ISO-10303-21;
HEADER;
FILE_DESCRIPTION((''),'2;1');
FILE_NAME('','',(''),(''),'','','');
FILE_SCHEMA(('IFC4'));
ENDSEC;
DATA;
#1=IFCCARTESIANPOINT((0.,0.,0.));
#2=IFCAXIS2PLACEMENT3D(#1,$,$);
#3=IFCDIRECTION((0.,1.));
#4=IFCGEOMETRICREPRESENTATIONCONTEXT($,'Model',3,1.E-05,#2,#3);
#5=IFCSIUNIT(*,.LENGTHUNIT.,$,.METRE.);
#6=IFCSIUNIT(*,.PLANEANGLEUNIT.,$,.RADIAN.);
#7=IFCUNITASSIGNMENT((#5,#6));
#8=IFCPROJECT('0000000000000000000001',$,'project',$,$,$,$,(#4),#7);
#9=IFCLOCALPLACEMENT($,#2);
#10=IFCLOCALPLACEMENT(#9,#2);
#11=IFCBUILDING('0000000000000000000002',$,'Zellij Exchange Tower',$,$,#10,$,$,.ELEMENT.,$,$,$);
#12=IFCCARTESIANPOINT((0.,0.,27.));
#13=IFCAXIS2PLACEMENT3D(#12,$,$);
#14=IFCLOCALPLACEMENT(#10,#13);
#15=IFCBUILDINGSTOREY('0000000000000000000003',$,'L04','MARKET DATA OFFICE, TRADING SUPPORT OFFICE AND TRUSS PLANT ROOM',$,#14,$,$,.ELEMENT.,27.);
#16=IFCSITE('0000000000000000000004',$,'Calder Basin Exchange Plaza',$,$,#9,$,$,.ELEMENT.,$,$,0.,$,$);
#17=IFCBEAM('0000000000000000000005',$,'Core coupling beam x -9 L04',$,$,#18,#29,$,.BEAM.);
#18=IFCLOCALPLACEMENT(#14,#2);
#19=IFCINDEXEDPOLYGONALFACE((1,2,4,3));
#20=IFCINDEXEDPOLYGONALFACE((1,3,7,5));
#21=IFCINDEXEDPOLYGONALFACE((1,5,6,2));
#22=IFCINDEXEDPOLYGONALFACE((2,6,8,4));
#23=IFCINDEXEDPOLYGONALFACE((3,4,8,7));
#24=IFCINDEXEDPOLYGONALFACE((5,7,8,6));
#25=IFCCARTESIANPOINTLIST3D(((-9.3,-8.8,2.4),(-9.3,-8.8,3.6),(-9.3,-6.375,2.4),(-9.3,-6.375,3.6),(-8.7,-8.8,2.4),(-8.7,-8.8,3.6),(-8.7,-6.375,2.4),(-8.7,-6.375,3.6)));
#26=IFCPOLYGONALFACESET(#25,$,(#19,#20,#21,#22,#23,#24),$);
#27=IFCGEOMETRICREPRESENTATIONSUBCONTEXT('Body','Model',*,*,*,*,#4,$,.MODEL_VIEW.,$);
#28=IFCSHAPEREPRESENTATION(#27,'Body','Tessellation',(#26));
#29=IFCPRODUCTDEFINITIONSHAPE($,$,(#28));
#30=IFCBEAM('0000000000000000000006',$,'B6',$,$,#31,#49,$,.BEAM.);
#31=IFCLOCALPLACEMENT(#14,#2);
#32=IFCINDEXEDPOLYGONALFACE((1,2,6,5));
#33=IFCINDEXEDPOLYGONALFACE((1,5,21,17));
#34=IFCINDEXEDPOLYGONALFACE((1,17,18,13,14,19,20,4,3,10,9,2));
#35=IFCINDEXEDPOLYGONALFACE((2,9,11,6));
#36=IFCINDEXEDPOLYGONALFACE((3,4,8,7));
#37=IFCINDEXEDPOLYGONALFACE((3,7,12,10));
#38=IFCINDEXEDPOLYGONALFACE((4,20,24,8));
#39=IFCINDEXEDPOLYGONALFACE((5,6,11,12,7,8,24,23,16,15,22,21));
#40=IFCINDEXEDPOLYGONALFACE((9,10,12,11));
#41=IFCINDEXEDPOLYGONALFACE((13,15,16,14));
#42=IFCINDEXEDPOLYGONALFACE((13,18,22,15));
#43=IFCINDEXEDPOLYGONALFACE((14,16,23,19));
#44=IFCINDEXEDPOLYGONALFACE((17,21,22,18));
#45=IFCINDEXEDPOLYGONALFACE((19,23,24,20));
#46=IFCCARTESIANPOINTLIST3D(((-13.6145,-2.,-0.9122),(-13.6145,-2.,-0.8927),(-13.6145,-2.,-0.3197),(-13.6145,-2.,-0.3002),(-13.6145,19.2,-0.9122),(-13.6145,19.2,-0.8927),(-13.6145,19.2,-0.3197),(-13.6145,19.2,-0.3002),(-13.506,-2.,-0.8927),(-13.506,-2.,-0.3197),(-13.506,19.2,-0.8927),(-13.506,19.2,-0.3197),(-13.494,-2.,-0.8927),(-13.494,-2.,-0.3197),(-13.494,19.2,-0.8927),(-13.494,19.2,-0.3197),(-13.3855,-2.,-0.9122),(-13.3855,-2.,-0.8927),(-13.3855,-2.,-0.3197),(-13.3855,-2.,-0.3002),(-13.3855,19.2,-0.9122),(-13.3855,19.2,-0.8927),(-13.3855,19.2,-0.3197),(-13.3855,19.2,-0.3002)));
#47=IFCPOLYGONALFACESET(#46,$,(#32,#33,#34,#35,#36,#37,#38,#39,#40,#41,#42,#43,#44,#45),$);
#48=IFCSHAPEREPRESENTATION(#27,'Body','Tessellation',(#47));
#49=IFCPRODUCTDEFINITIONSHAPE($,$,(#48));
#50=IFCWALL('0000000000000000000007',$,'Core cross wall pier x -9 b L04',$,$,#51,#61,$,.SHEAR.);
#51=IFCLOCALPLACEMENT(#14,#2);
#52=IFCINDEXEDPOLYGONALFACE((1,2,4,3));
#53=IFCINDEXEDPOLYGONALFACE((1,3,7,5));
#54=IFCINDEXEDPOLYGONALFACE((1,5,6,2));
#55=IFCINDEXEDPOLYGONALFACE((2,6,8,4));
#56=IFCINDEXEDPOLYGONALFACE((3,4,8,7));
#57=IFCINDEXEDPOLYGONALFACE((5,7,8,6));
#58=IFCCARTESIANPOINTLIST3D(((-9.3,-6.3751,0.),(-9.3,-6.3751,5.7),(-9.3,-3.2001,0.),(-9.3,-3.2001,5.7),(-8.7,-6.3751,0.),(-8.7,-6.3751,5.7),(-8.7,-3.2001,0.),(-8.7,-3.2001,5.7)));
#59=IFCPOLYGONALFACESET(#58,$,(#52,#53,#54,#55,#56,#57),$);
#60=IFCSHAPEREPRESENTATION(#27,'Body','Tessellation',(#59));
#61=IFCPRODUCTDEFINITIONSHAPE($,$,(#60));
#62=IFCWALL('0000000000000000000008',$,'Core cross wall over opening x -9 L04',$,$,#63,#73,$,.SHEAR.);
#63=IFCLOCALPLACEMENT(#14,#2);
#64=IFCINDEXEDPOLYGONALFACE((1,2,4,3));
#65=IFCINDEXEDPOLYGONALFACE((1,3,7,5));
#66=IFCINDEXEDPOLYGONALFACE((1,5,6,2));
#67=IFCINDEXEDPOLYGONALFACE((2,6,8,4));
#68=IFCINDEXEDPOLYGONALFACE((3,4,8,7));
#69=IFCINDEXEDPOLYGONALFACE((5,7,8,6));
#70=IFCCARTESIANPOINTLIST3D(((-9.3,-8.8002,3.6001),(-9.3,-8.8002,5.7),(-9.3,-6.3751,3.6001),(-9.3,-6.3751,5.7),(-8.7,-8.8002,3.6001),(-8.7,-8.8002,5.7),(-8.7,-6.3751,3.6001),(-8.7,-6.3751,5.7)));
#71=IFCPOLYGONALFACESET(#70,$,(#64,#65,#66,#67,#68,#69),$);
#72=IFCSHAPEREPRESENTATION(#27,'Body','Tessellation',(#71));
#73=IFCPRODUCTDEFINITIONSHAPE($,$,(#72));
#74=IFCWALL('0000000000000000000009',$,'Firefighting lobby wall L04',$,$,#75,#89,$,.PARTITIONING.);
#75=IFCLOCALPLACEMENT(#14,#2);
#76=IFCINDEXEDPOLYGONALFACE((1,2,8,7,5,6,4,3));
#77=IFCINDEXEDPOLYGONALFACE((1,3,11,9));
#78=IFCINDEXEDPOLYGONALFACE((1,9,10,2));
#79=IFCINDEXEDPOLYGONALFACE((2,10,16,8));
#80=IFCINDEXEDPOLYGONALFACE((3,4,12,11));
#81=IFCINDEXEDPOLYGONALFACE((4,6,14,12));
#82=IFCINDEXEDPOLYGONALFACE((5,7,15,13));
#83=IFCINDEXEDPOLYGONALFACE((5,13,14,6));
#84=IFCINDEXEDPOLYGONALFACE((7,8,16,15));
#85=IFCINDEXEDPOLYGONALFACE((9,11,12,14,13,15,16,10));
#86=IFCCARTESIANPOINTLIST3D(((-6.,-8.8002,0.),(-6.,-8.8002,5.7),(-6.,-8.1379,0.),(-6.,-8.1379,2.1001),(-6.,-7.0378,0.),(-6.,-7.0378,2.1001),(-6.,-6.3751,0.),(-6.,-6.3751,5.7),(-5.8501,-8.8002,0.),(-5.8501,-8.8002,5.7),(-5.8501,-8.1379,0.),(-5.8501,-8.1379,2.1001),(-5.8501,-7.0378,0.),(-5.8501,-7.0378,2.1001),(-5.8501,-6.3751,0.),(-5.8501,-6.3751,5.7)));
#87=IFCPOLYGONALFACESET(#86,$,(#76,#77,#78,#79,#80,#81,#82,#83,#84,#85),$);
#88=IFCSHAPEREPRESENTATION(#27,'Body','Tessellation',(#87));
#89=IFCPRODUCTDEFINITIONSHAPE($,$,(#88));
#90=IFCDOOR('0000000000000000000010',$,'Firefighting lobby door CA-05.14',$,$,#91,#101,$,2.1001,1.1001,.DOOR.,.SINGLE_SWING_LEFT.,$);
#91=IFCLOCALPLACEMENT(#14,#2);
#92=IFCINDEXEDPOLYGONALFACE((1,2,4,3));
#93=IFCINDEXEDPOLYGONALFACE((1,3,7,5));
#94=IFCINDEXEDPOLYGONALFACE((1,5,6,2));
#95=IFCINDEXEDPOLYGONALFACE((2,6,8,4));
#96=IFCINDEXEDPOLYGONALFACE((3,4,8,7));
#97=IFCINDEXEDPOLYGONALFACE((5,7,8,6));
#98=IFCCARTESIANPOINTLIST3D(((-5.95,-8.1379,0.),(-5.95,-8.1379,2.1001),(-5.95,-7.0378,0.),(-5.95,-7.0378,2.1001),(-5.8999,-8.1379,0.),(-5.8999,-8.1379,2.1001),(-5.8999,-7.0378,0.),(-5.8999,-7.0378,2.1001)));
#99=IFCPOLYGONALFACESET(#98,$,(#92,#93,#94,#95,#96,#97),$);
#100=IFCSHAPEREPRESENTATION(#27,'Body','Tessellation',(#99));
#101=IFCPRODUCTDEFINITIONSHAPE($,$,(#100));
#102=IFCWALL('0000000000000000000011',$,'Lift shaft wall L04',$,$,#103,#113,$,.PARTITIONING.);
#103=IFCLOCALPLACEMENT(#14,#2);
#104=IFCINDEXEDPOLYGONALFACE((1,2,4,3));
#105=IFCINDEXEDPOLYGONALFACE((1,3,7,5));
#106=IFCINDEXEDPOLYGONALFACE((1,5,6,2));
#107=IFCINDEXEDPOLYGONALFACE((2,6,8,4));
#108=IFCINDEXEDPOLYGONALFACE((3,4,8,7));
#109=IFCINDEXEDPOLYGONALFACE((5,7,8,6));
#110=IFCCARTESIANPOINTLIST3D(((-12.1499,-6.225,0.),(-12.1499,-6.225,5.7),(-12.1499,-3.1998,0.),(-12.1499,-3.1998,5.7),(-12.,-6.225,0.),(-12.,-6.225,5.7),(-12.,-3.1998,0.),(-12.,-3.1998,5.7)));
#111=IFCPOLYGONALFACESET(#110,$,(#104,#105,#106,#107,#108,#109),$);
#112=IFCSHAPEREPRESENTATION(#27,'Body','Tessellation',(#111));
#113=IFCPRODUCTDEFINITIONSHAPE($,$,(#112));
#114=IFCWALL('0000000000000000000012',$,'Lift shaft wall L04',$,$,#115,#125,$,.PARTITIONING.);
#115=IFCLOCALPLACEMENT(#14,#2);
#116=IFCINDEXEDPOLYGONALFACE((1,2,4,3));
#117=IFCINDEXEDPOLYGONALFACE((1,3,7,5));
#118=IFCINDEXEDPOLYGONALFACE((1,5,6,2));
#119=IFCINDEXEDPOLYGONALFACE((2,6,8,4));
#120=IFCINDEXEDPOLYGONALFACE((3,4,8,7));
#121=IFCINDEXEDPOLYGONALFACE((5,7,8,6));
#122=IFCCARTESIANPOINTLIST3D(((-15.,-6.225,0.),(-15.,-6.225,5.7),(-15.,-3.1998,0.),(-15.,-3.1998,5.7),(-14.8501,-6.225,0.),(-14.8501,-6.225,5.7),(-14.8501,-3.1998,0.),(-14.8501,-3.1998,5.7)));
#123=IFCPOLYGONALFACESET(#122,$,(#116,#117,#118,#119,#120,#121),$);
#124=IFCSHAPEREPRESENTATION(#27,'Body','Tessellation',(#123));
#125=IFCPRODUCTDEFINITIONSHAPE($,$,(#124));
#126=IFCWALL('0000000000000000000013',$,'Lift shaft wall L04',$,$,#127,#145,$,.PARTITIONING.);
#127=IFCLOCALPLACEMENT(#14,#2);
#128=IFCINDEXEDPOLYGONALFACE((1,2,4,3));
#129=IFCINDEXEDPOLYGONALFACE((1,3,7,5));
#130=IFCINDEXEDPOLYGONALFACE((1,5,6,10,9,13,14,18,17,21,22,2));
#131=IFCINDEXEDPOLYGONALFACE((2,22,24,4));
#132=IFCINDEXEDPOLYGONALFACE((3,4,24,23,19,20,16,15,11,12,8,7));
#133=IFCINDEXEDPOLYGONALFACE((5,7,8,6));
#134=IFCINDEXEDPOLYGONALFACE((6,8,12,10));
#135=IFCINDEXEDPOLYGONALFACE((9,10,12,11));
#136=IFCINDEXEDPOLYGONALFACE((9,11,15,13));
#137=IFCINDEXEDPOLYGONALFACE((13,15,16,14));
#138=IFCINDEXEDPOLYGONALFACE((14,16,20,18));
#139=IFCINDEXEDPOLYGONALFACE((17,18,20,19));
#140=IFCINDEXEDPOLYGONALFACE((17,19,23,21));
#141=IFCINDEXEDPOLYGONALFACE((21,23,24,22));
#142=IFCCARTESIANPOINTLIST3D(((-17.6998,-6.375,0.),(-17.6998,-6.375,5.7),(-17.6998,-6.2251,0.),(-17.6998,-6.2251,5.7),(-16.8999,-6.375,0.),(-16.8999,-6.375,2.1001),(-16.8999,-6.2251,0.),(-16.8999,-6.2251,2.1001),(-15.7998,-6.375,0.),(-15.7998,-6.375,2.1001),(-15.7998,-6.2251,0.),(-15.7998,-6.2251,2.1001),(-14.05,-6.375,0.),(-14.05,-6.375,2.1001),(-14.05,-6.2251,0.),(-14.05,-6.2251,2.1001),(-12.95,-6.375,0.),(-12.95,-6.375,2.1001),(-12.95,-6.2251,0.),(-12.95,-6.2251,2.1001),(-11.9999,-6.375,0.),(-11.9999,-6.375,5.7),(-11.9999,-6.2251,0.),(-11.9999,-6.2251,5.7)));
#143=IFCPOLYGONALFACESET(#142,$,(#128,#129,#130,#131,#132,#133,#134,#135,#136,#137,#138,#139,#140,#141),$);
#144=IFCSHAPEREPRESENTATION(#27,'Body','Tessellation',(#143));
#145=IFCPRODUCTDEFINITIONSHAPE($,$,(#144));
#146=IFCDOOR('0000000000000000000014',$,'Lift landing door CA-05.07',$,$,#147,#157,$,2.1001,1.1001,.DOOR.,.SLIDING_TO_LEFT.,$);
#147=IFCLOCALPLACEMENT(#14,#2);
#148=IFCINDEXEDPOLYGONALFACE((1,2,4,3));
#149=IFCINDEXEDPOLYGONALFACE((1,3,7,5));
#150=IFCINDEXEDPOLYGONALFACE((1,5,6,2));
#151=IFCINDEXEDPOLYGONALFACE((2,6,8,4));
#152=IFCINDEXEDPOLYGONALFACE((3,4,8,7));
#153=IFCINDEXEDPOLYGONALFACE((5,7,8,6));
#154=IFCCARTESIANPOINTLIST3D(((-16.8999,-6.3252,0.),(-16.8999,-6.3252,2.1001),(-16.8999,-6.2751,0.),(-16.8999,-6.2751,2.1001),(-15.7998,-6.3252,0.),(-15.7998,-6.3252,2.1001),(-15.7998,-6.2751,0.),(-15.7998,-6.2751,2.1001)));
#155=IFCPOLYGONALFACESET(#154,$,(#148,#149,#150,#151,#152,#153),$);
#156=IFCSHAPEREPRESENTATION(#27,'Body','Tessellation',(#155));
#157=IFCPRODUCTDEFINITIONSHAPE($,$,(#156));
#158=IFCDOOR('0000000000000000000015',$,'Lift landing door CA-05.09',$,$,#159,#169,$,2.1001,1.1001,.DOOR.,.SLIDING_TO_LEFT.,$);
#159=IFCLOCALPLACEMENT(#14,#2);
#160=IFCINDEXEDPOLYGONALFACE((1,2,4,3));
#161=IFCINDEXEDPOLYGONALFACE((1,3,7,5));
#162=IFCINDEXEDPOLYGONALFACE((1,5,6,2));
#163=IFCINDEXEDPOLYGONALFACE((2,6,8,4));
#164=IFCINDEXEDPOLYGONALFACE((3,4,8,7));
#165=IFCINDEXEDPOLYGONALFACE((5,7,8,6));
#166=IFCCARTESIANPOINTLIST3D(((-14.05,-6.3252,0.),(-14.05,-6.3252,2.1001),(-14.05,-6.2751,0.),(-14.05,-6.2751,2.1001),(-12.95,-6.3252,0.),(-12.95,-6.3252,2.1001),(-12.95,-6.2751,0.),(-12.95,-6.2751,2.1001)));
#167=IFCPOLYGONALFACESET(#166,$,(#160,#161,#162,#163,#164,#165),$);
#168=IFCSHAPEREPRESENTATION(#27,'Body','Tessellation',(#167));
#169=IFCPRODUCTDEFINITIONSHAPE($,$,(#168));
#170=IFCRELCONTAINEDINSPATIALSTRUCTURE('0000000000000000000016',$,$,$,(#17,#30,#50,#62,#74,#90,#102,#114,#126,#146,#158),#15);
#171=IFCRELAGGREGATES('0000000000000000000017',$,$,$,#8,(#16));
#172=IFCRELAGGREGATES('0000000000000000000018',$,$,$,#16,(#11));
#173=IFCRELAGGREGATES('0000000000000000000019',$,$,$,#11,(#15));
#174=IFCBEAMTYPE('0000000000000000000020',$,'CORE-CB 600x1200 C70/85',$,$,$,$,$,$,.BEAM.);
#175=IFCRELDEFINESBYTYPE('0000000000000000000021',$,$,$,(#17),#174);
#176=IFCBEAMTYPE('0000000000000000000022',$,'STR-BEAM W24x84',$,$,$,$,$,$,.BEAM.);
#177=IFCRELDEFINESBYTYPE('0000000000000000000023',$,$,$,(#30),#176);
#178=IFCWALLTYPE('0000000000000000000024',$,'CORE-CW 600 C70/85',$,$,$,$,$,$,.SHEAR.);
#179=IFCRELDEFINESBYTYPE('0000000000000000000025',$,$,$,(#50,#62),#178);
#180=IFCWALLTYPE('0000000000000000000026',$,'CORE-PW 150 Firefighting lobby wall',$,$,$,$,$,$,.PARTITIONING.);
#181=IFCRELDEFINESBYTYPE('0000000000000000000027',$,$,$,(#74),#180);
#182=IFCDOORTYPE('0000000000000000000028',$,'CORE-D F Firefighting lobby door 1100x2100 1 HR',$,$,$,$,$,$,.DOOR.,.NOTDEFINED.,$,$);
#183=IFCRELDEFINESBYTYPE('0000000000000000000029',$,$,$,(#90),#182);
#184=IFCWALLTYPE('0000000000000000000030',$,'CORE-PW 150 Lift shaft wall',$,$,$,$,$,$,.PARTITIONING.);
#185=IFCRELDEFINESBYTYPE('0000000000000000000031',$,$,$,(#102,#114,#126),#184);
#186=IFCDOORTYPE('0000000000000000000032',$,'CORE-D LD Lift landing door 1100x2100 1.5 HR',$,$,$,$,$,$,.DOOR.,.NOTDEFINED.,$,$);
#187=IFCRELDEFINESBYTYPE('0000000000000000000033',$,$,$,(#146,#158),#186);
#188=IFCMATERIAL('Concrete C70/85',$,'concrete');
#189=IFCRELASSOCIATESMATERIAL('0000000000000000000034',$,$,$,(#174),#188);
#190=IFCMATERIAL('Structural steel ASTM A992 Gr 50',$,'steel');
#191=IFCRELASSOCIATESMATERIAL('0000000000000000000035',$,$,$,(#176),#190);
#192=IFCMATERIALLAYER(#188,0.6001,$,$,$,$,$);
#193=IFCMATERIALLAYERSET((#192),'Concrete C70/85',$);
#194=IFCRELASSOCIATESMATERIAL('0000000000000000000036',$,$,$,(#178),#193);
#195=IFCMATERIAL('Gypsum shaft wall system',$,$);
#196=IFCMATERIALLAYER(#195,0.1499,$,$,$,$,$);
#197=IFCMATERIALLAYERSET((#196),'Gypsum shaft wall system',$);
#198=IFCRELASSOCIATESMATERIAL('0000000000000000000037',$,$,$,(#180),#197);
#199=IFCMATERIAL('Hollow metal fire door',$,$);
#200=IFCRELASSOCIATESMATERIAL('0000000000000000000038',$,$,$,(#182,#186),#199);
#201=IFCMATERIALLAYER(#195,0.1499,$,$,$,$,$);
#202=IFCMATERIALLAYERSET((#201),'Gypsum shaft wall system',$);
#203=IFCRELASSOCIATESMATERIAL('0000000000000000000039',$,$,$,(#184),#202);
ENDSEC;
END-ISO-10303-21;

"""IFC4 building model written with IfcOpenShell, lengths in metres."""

from ifc_helpers import new_model, si_unit, direction, frame, frame_2d, origin, origin_2d, place, context, subcontext, project, spatial, rectangle, i_section, extrude, material, layer, layer_set, material_profile, profile_set, type_object, element, fill, save


model = new_model("IFC4")

# Units and contexts
model_context = context("Model", 3, precision=1e-05, world=origin(), true_north=direction((0.0, 1.0)))
body_context = subcontext(model_context, "Body", "Model", "MODEL_VIEW")
ifc_project = project(units=[si_unit("LENGTHUNIT", "METRE"), si_unit("PLANEANGLEUNIT", "RADIAN")], contexts=[model_context])

# Site, building, storey
site_placement = place(None, origin())
site = spatial("IfcSite", under=ifc_project, at=site_placement, Name="Calder Basin Exchange Plaza", CompositionType="ELEMENT", RefElevation=0.0)
building_placement = place(site_placement, origin())
building = spatial("IfcBuilding", under=site, at=building_placement, Name="Zellij Exchange Tower", CompositionType="ELEMENT")
storey_placement = place(building_placement, frame((0.0, 0.0, 27.0)))
storey = spatial("IfcBuildingStorey", under=building, at=storey_placement, Name="L04", Description="MARKET DATA OFFICE, TRADING SUPPORT OFFICE AND TRUSS PLANT ROOM", CompositionType="ELEMENT", Elevation=27.0)

# Beams
ifc_material_1 = material(Name="Concrete C70/85", Category="concrete")
ifc_material_profile_1 = material_profile(ifc_material_1, rectangle(XDim=0.6001, YDim=1.2, at=origin_2d()), Name="CORE-CB 600x1200 C70/85")
ifc_profile_set_1 = profile_set([ifc_material_profile_1], Name="Concrete C70/85")
beam_type_1 = type_object("IfcBeamType", Name="CORE-CB 600x1200 C70/85", PredefinedType="BEAM", material=ifc_profile_set_1)
beam_1_placement = place(storey_placement, frame((-9.0, -8.8, 3.0), z_axis=(0.0, 1.0, 0.0), x_axis=(-1.0, 0.0, 0.0)))
element("IfcBeam", 1, at=beam_1_placement, inside=storey, type_object=beam_type_1, Name="Core coupling beam x -9 L04", PredefinedType="BEAM", context=body_context, shape_type="SweptSolid", body=[
    extrude(rectangle(XDim=0.6001, YDim=1.2, at=origin_2d()), origin(), (0.0, 0.0, 1.0), 2.425),
])
ifc_material_2 = material(Name="Structural steel ASTM A992 Gr 50", Category="steel")
ifc_material_profile_2 = material_profile(ifc_material_2, i_section(OverallWidth=0.229, OverallDepth=0.6121, WebThickness=0.012, FlangeThickness=0.0195, at=origin_2d()), Name="W24x84")
ifc_profile_set_2 = profile_set([ifc_material_profile_2], Name="Structural steel ASTM A992 Gr 50")
beam_type_2 = type_object("IfcBeamType", Name="STR-BEAM W24x84", PredefinedType="BEAM", material=ifc_profile_set_2)
beam_2_placement = place(storey_placement, frame((-13.5, -2.0, -0.6062), z_axis=(0.0, 1.0, 0.0), x_axis=(-1.0, 0.0, 0.0)))
element("IfcBeam", 2, at=beam_2_placement, inside=storey, type_object=beam_type_2, Name="B6", PredefinedType="BEAM", context=body_context, shape_type="SweptSolid", body=[
    extrude(i_section(OverallWidth=0.229, OverallDepth=0.6121, WebThickness=0.012, FlangeThickness=0.0195, at=origin_2d()), origin(), (0.0, 0.0, 1.0), 21.2),
])

# Walls
ifc_layer_1 = layer(ifc_material_1, 0.6001)
ifc_layer_set_1 = layer_set([ifc_layer_1], Name="Concrete C70/85")
wall_type_1 = type_object("IfcWallType", Name="CORE-CW 600 C70/85", PredefinedType="SHEAR", material=ifc_layer_set_1)
wall_1_placement = place(storey_placement, frame((-9.0, -6.375, 0.0), z_axis=(0.0, 0.0, 1.0), x_axis=(0.0, 1.0, 0.0)))
element("IfcWall", 3, at=wall_1_placement, inside=storey, type_object=wall_type_1, Name="Core cross wall pier x -9 b L04", PredefinedType="SHEAR", context=body_context, shape_type="SweptSolid", body=[
    extrude(rectangle(XDim=3.175, YDim=0.6001, at=frame_2d((1.5874, 0.0))), origin(), (0.0, 0.0, 1.0), 5.7),
])
wall_2_placement = place(storey_placement, frame((-9.0, -8.8, 3.6001), z_axis=(0.0, 0.0, 1.0), x_axis=(0.0, 1.0, 0.0)))
element("IfcWall", 4, at=wall_2_placement, inside=storey, type_object=wall_type_1, Name="Core cross wall over opening x -9 L04", PredefinedType="SHEAR", context=body_context, shape_type="SweptSolid", body=[
    extrude(rectangle(XDim=2.425, YDim=0.6001, at=frame_2d((1.2124, 0.0))), origin(), (0.0, 0.0, 1.0), 2.0999),
])

# Wall, opening, door
ifc_material_3 = material(Name="Gypsum shaft wall system")
ifc_layer_2 = layer(ifc_material_3, 0.1499)
ifc_layer_set_2 = layer_set([ifc_layer_2], Name="Gypsum shaft wall system")
wall_type_2 = type_object("IfcWallType", Name="CORE-PW 150 Firefighting lobby wall", PredefinedType="PARTITIONING", material=ifc_layer_set_2)
wall_3_placement = place(storey_placement, frame((-5.925, -8.8, 0.0), z_axis=(0.0, 0.0, 1.0), x_axis=(0.0, 1.0, 0.0)))
wall_3 = element("IfcWall", 5, at=wall_3_placement, inside=storey, type_object=wall_type_2, Name="Firefighting lobby wall L04", PredefinedType="PARTITIONING", context=body_context, shape_type="SweptSolid", body=[
    extrude(rectangle(XDim=2.425, YDim=0.1499, at=frame_2d((1.2124, 0.0))), origin(), (0.0, 0.0, 1.0), 5.7),
])
opening_1_placement = place(wall_3_placement, frame((0.6621, 0.0, 0.0)))
opening_1 = element("IfcOpeningElement", 6, at=opening_1_placement, cuts=wall_3, PredefinedType="OPENING", context=body_context, shape_type="SweptSolid", body=[
    extrude(rectangle(XDim=1.1001, YDim=2.1001, at=frame_2d((0.55, 1.05))), frame((0.0, 0.0869, 0.0), z_axis=(0.0, -1.0, 0.0), x_axis=(1.0, 0.0, 0.0)), (0.0, 0.0, 1.0), 0.1738),
])
ifc_material_4 = material(Name="Hollow metal fire door")
door_type_1 = type_object("IfcDoorType", Name="CORE-D F Firefighting lobby door 1100x2100 1 HR", OperationType="NOTDEFINED", PredefinedType="DOOR", material=ifc_material_4)
door_1_placement = place(opening_1_placement, origin())
door_1 = element("IfcDoor", 7, at=door_1_placement, inside=storey, type_object=door_type_1, Name="Firefighting lobby door CA-05.14", OperationType="SINGLE_SWING_LEFT", OverallHeight=2.1001, OverallWidth=1.1001, PredefinedType="DOOR", context=body_context, shape_type="SweptSolid", body=[
    extrude(rectangle(XDim=1.1001, YDim=2.1001, at=frame_2d((0.55, 1.05))), frame((0.0, 0.0249, 0.0), z_axis=(0.0, -1.0, 0.0), x_axis=(1.0, 0.0, 0.0)), (0.0, 0.0, 1.0), 0.05),
])
fill(opening_1, door_1)

# Walls
ifc_layer_3 = layer(ifc_material_3, 0.1499)
ifc_layer_set_3 = layer_set([ifc_layer_3], Name="Gypsum shaft wall system")
wall_type_3 = type_object("IfcWallType", Name="CORE-PW 150 Lift shaft wall", PredefinedType="PARTITIONING", material=ifc_layer_set_3)
for number, where, z_axis, x_axis, name in (
    (8, (-12.075, -6.2251, 0.0), (0.0, 0.0, 1.0), (0.0, 1.0, 0.0), "Lift shaft wall L04"),
    (9, (-14.925, -6.2251, 0.0), (0.0, 0.0, 1.0), (0.0, 1.0, 0.0), "Lift shaft wall L04"),
):
    element("IfcWall", number, at=place(storey_placement, frame(where, z_axis=z_axis, x_axis=x_axis)), inside=storey, type_object=wall_type_3, Name=name, PredefinedType="PARTITIONING", context=body_context, shape_type="SweptSolid", body=[
        extrude(rectangle(XDim=3.0251, YDim=0.1499, at=frame_2d((1.5127, 0.0))), origin(), (0.0, 0.0, 1.0), 5.7),
    ])

# Wall, openings, doors
wall_4_placement = place(storey_placement, frame((-17.7, -6.3, 0.0), z_axis=(0.0, 0.0, 1.0), x_axis=(1.0, 0.0, 0.0)))
wall_4 = element("IfcWall", 10, at=wall_4_placement, inside=storey, type_object=wall_type_3, Name="Lift shaft wall L04", PredefinedType="PARTITIONING", context=body_context, shape_type="SweptSolid", body=[
    extrude(rectangle(XDim=5.7, YDim=0.1499, at=frame_2d((2.8501, 0.0))), origin(), (0.0, 0.0, 1.0), 5.7),
])
opening_2_placement = place(wall_4_placement, frame((0.8, 0.0, 0.0)))
opening_2 = element("IfcOpeningElement", 11, at=opening_2_placement, cuts=wall_4, PredefinedType="OPENING", context=body_context, shape_type="SweptSolid", body=[
    extrude(rectangle(XDim=1.1001, YDim=2.1001, at=frame_2d((0.55, 1.05))), frame((0.0, 0.0869, 0.0), z_axis=(0.0, -1.0, 0.0), x_axis=(1.0, 0.0, 0.0)), (0.0, 0.0, 1.0), 0.1738),
])
opening_3_placement = place(wall_4_placement, frame((3.6499, 0.0, 0.0)))
opening_3 = element("IfcOpeningElement", 12, at=opening_3_placement, cuts=wall_4, PredefinedType="OPENING", context=body_context, shape_type="SweptSolid", body=[
    extrude(rectangle(XDim=1.1001, YDim=2.1001, at=frame_2d((0.55, 1.05))), frame((0.0, 0.0869, 0.0), z_axis=(0.0, -1.0, 0.0), x_axis=(1.0, 0.0, 0.0)), (0.0, 0.0, 1.0), 0.1738),
])
door_type_2 = type_object("IfcDoorType", Name="CORE-D LD Lift landing door 1100x2100 1.5 HR", OperationType="NOTDEFINED", PredefinedType="DOOR", material=ifc_material_4)
door_2_placement = place(opening_2_placement, origin())
door_2 = element("IfcDoor", 13, at=door_2_placement, inside=storey, type_object=door_type_2, Name="Lift landing door CA-05.07", OperationType="SLIDING_TO_LEFT", OverallHeight=2.1001, OverallWidth=1.1001, PredefinedType="DOOR", context=body_context, shape_type="SweptSolid", body=[
    extrude(rectangle(XDim=1.1001, YDim=2.1001, at=frame_2d((0.55, 1.05))), frame((0.0, 0.0249, 0.0), z_axis=(0.0, -1.0, 0.0), x_axis=(1.0, 0.0, 0.0)), (0.0, 0.0, 1.0), 0.05),
])
fill(opening_2, door_2)
door_3_placement = place(opening_3_placement, origin())
door_3 = element("IfcDoor", 14, at=door_3_placement, inside=storey, type_object=door_type_2, Name="Lift landing door CA-05.09", OperationType="SLIDING_TO_LEFT", OverallHeight=2.1001, OverallWidth=1.1001, PredefinedType="DOOR", context=body_context, shape_type="SweptSolid", body=[
    extrude(rectangle(XDim=1.1001, YDim=2.1001, at=frame_2d((0.55, 1.05))), frame((0.0, 0.0249, 0.0), z_axis=(0.0, -1.0, 0.0), x_axis=(1.0, 0.0, 0.0)), (0.0, 0.0, 1.0), 0.05),
])
fill(opening_3, door_3)

save(model, "model.ifc")
